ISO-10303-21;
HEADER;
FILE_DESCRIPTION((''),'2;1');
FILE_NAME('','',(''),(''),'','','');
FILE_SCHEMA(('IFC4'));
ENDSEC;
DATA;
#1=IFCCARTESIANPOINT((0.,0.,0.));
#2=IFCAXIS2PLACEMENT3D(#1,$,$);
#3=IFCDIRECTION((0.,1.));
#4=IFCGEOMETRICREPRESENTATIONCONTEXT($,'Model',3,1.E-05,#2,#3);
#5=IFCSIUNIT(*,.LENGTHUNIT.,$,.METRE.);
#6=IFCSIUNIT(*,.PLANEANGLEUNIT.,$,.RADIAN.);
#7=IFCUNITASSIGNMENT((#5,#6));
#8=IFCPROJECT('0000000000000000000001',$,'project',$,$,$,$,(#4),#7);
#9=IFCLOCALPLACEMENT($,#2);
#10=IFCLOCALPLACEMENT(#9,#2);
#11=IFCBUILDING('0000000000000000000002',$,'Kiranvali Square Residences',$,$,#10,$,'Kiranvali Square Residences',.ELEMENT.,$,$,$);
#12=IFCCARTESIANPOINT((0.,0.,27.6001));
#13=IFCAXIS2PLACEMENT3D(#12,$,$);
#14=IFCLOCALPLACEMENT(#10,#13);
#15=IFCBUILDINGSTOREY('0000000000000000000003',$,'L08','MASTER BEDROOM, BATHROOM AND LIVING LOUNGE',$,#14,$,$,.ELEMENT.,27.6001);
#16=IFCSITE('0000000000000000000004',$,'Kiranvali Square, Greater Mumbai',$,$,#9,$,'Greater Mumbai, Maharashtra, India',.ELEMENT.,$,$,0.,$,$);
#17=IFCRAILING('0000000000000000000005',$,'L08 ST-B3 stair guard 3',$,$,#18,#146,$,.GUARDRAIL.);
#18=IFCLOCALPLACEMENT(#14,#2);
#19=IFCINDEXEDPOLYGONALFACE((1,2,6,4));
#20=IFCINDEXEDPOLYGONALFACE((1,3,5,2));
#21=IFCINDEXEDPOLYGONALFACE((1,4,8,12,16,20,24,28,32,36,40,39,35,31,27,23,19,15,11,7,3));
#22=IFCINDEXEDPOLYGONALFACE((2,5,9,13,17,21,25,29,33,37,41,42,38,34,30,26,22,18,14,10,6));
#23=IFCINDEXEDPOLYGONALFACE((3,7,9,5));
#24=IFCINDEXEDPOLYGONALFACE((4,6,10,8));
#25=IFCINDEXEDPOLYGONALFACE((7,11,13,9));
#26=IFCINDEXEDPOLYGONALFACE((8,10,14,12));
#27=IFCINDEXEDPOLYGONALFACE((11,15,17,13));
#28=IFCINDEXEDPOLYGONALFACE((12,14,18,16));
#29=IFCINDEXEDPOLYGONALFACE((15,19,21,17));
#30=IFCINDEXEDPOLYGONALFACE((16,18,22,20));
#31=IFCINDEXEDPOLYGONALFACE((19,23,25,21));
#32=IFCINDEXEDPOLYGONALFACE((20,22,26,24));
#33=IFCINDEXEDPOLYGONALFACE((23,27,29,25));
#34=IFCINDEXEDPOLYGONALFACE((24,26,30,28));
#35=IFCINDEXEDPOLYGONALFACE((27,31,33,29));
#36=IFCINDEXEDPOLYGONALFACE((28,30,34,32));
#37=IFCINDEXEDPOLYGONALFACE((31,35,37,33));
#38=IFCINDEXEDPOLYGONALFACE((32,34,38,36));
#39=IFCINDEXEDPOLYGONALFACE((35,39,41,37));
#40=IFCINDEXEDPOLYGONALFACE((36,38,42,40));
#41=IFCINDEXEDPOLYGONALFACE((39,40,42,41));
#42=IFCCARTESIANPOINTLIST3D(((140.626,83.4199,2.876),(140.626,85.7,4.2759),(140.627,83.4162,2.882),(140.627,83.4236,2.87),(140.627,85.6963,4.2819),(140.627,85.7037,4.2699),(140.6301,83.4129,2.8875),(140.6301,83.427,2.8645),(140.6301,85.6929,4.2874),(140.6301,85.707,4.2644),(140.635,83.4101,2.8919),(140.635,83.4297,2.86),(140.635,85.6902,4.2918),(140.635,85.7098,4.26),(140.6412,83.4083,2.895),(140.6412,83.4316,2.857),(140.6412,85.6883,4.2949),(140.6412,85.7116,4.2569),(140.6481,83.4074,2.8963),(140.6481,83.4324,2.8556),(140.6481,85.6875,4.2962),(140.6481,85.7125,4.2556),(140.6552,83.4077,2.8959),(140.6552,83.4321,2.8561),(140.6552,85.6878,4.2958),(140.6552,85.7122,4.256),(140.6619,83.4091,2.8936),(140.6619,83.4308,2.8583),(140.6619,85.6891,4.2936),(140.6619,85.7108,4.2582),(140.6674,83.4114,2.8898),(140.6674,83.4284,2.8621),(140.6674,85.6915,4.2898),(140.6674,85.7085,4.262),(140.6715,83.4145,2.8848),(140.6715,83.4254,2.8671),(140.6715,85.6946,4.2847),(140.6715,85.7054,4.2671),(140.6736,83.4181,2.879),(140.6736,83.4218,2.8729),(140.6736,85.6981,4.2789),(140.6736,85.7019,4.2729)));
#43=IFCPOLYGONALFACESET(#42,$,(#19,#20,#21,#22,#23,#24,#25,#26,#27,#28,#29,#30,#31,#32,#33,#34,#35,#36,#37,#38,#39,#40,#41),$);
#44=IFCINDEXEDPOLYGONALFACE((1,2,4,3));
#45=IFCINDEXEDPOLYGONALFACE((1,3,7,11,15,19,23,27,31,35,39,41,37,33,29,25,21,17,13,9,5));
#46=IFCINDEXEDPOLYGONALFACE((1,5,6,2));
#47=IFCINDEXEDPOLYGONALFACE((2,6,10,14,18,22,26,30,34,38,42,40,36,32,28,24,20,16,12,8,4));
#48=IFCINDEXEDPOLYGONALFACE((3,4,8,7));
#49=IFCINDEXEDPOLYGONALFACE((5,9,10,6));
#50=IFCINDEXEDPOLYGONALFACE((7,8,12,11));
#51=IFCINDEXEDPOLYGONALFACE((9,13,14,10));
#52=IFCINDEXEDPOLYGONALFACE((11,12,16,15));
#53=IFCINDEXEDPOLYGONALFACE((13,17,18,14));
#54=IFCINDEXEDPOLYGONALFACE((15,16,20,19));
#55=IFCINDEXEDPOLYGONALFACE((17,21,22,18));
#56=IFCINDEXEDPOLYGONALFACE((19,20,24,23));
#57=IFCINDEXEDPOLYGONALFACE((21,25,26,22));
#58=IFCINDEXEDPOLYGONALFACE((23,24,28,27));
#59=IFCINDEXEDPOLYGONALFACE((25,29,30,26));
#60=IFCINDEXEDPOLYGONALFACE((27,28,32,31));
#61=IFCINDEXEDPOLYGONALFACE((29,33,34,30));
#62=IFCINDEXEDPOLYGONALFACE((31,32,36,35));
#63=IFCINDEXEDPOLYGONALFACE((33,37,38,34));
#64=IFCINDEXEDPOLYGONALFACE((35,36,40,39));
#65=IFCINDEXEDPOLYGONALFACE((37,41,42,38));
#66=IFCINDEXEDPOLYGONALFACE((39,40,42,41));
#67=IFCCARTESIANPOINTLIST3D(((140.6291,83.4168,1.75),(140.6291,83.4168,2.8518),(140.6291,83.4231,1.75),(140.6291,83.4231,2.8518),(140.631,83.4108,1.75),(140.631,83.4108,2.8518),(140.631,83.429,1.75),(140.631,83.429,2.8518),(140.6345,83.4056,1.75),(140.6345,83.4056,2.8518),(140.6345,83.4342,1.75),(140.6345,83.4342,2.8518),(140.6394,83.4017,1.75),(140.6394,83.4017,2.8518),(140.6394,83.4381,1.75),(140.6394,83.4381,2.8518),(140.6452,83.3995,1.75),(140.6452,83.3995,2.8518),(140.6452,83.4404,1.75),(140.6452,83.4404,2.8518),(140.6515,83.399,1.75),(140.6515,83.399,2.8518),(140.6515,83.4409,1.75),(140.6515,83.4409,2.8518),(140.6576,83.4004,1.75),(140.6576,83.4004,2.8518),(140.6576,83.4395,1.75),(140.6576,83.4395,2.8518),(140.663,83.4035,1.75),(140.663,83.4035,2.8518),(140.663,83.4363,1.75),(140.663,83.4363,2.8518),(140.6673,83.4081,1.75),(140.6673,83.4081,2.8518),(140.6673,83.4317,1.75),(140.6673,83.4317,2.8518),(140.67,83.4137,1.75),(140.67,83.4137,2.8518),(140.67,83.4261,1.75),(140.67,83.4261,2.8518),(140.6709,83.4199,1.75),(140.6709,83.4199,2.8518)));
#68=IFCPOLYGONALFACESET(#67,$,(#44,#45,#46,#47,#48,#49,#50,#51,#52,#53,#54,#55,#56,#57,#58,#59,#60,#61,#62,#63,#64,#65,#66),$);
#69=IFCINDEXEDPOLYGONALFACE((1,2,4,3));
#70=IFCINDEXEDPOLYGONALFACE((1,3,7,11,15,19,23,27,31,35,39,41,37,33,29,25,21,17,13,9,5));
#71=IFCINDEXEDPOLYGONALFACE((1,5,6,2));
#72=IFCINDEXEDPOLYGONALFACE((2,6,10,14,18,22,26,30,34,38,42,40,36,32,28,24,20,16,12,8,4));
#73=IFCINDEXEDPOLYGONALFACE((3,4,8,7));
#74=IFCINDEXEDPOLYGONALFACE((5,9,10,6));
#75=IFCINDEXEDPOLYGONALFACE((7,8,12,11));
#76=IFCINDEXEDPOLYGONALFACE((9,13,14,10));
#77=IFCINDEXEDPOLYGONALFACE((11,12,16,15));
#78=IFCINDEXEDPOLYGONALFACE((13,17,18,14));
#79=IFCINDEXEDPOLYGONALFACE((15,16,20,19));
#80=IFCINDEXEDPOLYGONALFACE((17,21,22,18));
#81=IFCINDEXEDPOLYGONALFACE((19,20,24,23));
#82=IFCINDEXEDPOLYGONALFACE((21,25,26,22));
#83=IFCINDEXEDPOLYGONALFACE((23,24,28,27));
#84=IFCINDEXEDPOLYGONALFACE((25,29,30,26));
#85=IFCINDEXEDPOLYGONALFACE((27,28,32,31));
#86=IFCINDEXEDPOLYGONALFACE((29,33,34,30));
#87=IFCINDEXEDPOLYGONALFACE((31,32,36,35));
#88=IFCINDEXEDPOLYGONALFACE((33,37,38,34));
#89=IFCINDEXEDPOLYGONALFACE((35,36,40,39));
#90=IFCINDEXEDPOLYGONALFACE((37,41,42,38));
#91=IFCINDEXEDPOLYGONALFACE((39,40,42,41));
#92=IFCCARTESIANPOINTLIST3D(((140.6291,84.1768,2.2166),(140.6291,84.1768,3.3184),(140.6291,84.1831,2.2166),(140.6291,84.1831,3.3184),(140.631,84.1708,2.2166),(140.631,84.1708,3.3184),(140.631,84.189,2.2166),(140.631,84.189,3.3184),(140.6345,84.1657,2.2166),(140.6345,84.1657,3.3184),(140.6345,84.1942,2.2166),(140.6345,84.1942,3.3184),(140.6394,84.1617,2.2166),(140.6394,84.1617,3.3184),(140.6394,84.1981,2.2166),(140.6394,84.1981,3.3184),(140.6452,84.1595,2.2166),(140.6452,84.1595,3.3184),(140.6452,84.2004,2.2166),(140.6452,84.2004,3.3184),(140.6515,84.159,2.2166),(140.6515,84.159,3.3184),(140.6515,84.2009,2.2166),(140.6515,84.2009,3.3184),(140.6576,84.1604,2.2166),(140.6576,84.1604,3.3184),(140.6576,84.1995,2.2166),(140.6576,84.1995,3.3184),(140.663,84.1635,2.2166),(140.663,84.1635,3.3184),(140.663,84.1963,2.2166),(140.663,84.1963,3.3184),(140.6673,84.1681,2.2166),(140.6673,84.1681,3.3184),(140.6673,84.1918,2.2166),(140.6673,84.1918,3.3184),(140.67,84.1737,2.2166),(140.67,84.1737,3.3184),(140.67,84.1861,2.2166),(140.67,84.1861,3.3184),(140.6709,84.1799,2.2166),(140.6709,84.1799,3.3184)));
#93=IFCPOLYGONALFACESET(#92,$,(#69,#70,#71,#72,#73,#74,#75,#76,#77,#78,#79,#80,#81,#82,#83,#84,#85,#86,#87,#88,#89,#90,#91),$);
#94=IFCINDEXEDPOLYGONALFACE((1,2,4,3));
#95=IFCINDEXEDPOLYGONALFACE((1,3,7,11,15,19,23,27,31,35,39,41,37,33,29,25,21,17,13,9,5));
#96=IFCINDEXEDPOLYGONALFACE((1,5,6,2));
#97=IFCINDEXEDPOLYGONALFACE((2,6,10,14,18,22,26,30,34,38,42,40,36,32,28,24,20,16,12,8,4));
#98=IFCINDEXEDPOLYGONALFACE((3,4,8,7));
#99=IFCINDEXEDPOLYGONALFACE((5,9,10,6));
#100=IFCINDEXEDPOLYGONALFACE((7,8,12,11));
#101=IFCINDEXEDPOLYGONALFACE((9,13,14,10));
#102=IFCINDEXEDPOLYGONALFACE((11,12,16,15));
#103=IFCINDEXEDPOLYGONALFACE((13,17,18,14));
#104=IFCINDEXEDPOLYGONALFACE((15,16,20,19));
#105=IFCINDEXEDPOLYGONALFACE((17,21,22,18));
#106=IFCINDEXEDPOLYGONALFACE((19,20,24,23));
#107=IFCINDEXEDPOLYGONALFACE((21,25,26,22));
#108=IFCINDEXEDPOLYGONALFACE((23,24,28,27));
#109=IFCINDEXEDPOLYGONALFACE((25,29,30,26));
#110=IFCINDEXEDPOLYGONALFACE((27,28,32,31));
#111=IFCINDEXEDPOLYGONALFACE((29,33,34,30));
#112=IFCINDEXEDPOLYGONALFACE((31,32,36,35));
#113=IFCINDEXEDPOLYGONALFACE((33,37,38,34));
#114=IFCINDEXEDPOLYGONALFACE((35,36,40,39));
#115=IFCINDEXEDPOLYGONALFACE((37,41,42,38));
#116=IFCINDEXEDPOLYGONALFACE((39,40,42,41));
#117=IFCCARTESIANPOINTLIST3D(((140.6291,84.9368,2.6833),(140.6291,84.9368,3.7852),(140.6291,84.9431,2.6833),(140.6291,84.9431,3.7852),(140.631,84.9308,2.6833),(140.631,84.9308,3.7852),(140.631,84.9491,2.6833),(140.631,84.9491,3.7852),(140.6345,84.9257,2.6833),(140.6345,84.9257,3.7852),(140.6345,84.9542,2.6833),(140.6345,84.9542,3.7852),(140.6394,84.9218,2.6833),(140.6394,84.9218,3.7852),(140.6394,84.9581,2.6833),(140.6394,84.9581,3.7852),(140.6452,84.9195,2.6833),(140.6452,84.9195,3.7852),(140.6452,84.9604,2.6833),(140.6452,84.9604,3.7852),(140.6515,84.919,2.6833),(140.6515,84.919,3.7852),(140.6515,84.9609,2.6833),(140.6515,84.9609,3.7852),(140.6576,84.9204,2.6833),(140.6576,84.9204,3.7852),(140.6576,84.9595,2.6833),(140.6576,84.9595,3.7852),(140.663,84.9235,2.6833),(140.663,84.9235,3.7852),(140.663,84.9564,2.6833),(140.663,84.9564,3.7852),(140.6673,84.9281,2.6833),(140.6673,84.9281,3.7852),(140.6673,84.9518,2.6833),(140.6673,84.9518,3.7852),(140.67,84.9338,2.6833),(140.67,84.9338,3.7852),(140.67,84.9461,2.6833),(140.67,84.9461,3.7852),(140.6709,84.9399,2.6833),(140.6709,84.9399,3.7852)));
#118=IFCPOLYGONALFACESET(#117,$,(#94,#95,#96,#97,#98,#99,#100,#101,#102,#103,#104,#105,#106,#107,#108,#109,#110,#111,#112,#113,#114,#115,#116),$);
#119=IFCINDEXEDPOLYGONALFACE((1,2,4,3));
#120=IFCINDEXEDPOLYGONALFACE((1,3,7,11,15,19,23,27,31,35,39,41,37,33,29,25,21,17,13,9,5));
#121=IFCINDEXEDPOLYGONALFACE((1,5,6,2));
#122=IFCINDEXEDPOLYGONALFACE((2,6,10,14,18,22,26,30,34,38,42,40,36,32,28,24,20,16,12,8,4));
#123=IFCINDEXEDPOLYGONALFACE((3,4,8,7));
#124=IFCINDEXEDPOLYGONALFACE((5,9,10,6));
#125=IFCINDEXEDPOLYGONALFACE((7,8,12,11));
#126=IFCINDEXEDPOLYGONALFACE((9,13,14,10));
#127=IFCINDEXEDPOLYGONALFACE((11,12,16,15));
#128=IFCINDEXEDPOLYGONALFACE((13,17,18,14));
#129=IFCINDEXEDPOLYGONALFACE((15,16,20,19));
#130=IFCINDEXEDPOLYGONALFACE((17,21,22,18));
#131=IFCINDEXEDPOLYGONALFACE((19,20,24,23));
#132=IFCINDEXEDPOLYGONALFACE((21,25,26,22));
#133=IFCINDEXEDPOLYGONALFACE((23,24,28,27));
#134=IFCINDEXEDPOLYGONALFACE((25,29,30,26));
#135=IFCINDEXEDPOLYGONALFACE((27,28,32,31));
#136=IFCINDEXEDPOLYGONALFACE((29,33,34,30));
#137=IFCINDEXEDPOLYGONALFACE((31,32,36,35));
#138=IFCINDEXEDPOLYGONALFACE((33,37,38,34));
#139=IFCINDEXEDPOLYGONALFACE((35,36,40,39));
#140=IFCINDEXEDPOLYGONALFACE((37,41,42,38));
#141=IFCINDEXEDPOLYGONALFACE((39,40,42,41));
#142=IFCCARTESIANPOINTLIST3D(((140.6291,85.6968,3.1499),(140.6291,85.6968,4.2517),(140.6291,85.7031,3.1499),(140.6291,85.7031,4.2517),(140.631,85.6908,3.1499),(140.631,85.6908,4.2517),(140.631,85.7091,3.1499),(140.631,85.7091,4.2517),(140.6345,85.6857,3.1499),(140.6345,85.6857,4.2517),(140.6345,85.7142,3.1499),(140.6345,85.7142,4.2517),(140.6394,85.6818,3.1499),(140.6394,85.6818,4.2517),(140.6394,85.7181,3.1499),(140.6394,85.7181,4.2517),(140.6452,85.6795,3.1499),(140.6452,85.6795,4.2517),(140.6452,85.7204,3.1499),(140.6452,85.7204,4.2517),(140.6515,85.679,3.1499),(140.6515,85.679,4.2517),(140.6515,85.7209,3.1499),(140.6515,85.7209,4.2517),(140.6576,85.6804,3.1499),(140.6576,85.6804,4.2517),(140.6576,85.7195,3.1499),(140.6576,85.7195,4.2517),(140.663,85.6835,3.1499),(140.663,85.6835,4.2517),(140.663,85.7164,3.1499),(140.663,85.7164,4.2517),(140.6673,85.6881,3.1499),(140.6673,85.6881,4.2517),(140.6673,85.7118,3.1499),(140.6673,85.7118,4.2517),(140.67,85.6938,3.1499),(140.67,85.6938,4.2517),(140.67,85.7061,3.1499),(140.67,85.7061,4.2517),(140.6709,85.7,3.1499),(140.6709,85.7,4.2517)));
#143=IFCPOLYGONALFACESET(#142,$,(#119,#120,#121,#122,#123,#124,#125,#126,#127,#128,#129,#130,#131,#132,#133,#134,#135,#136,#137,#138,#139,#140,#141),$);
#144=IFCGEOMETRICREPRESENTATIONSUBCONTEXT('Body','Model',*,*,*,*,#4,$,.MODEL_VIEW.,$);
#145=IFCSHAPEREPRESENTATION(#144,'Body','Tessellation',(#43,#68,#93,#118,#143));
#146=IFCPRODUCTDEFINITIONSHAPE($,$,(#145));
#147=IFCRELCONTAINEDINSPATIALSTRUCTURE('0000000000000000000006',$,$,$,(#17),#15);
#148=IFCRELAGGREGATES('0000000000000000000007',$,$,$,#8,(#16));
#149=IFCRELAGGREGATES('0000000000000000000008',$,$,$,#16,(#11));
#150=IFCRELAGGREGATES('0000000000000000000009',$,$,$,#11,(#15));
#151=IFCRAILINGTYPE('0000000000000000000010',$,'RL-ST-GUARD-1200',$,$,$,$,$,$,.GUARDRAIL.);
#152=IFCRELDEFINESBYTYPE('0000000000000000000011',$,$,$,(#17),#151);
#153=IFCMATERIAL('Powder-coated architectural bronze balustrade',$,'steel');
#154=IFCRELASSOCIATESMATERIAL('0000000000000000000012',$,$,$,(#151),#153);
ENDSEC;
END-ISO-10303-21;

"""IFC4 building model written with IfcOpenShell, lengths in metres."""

from ifc_helpers import new_model, si_unit, direction, frame, origin, origin_2d, place, context, subcontext, project, spatial, circle, extrude, material, type_object, element, save


model = new_model("IFC4")

# Units and contexts
model_context = context("Model", 3, precision=1e-05, world=origin(), true_north=direction((0.0, 1.0)))
body_context = subcontext(model_context, "Body", "Model", "MODEL_VIEW")
ifc_project = project(units=[si_unit("LENGTHUNIT", "METRE"), si_unit("PLANEANGLEUNIT", "RADIAN")], contexts=[model_context])

# Site, building, storey
site_placement = place(None, origin())
site = spatial("IfcSite", under=ifc_project, at=site_placement, Name="Kiranvali Square, Greater Mumbai", LongName="Greater Mumbai, Maharashtra, India", CompositionType="ELEMENT", RefElevation=0.0)
building_placement = place(site_placement, origin())
building = spatial("IfcBuilding", under=site, at=building_placement, Name="Kiranvali Square Residences", LongName="Kiranvali Square Residences", CompositionType="ELEMENT")
storey_placement = place(building_placement, frame((0.0, 0.0, 27.6001)))
storey = spatial("IfcBuildingStorey", under=building, at=storey_placement, Name="L08", Description="MASTER BEDROOM, BATHROOM AND LIVING LOUNGE", CompositionType="ELEMENT", Elevation=27.6001)

# Railing
ifc_material_1 = material(Name="Powder-coated architectural bronze balustrade", Category="steel")
railing_type = type_object("IfcRailingType", Name="RL-ST-GUARD-1200", PredefinedType="GUARDRAIL", material=ifc_material_1)
railing_1_placement = place(storey_placement, frame((140.6499, 83.4199, 1.75)))
element("IfcRailing", 1, at=railing_1_placement, inside=storey, type_object=railing_type, Name="L08 ST-B3 stair guard 3", PredefinedType="GUARDRAIL", context=body_context, shape_type="SweptSolid", body=[
    extrude(circle(Radius=0.0239, at=origin_2d()), frame((0.0, 0.0, 1.126), z_axis=(0.0, 0.85219, 0.523232), x_axis=(-1.0, 0.0, 0.0)), (0.0, 0.0, 1.0), 2.6755),
    extrude(circle(Radius=0.021, at=origin_2d()), origin(), (0.0, 0.0, 1.0), 1.1018),
    extrude(circle(Radius=0.021, at=origin_2d()), frame((0.0, 0.76, 0.4666)), (0.0, 0.0, 1.0), 1.1018),
    extrude(circle(Radius=0.021, at=origin_2d()), frame((0.0, 1.52, 0.9333)), (0.0, 0.0, 1.0), 1.1018),
    extrude(circle(Radius=0.021, at=origin_2d()), frame((0.0, 2.28, 1.3999)), (0.0, 0.0, 1.0), 1.1018),
])

save(model, "model.ifc")
